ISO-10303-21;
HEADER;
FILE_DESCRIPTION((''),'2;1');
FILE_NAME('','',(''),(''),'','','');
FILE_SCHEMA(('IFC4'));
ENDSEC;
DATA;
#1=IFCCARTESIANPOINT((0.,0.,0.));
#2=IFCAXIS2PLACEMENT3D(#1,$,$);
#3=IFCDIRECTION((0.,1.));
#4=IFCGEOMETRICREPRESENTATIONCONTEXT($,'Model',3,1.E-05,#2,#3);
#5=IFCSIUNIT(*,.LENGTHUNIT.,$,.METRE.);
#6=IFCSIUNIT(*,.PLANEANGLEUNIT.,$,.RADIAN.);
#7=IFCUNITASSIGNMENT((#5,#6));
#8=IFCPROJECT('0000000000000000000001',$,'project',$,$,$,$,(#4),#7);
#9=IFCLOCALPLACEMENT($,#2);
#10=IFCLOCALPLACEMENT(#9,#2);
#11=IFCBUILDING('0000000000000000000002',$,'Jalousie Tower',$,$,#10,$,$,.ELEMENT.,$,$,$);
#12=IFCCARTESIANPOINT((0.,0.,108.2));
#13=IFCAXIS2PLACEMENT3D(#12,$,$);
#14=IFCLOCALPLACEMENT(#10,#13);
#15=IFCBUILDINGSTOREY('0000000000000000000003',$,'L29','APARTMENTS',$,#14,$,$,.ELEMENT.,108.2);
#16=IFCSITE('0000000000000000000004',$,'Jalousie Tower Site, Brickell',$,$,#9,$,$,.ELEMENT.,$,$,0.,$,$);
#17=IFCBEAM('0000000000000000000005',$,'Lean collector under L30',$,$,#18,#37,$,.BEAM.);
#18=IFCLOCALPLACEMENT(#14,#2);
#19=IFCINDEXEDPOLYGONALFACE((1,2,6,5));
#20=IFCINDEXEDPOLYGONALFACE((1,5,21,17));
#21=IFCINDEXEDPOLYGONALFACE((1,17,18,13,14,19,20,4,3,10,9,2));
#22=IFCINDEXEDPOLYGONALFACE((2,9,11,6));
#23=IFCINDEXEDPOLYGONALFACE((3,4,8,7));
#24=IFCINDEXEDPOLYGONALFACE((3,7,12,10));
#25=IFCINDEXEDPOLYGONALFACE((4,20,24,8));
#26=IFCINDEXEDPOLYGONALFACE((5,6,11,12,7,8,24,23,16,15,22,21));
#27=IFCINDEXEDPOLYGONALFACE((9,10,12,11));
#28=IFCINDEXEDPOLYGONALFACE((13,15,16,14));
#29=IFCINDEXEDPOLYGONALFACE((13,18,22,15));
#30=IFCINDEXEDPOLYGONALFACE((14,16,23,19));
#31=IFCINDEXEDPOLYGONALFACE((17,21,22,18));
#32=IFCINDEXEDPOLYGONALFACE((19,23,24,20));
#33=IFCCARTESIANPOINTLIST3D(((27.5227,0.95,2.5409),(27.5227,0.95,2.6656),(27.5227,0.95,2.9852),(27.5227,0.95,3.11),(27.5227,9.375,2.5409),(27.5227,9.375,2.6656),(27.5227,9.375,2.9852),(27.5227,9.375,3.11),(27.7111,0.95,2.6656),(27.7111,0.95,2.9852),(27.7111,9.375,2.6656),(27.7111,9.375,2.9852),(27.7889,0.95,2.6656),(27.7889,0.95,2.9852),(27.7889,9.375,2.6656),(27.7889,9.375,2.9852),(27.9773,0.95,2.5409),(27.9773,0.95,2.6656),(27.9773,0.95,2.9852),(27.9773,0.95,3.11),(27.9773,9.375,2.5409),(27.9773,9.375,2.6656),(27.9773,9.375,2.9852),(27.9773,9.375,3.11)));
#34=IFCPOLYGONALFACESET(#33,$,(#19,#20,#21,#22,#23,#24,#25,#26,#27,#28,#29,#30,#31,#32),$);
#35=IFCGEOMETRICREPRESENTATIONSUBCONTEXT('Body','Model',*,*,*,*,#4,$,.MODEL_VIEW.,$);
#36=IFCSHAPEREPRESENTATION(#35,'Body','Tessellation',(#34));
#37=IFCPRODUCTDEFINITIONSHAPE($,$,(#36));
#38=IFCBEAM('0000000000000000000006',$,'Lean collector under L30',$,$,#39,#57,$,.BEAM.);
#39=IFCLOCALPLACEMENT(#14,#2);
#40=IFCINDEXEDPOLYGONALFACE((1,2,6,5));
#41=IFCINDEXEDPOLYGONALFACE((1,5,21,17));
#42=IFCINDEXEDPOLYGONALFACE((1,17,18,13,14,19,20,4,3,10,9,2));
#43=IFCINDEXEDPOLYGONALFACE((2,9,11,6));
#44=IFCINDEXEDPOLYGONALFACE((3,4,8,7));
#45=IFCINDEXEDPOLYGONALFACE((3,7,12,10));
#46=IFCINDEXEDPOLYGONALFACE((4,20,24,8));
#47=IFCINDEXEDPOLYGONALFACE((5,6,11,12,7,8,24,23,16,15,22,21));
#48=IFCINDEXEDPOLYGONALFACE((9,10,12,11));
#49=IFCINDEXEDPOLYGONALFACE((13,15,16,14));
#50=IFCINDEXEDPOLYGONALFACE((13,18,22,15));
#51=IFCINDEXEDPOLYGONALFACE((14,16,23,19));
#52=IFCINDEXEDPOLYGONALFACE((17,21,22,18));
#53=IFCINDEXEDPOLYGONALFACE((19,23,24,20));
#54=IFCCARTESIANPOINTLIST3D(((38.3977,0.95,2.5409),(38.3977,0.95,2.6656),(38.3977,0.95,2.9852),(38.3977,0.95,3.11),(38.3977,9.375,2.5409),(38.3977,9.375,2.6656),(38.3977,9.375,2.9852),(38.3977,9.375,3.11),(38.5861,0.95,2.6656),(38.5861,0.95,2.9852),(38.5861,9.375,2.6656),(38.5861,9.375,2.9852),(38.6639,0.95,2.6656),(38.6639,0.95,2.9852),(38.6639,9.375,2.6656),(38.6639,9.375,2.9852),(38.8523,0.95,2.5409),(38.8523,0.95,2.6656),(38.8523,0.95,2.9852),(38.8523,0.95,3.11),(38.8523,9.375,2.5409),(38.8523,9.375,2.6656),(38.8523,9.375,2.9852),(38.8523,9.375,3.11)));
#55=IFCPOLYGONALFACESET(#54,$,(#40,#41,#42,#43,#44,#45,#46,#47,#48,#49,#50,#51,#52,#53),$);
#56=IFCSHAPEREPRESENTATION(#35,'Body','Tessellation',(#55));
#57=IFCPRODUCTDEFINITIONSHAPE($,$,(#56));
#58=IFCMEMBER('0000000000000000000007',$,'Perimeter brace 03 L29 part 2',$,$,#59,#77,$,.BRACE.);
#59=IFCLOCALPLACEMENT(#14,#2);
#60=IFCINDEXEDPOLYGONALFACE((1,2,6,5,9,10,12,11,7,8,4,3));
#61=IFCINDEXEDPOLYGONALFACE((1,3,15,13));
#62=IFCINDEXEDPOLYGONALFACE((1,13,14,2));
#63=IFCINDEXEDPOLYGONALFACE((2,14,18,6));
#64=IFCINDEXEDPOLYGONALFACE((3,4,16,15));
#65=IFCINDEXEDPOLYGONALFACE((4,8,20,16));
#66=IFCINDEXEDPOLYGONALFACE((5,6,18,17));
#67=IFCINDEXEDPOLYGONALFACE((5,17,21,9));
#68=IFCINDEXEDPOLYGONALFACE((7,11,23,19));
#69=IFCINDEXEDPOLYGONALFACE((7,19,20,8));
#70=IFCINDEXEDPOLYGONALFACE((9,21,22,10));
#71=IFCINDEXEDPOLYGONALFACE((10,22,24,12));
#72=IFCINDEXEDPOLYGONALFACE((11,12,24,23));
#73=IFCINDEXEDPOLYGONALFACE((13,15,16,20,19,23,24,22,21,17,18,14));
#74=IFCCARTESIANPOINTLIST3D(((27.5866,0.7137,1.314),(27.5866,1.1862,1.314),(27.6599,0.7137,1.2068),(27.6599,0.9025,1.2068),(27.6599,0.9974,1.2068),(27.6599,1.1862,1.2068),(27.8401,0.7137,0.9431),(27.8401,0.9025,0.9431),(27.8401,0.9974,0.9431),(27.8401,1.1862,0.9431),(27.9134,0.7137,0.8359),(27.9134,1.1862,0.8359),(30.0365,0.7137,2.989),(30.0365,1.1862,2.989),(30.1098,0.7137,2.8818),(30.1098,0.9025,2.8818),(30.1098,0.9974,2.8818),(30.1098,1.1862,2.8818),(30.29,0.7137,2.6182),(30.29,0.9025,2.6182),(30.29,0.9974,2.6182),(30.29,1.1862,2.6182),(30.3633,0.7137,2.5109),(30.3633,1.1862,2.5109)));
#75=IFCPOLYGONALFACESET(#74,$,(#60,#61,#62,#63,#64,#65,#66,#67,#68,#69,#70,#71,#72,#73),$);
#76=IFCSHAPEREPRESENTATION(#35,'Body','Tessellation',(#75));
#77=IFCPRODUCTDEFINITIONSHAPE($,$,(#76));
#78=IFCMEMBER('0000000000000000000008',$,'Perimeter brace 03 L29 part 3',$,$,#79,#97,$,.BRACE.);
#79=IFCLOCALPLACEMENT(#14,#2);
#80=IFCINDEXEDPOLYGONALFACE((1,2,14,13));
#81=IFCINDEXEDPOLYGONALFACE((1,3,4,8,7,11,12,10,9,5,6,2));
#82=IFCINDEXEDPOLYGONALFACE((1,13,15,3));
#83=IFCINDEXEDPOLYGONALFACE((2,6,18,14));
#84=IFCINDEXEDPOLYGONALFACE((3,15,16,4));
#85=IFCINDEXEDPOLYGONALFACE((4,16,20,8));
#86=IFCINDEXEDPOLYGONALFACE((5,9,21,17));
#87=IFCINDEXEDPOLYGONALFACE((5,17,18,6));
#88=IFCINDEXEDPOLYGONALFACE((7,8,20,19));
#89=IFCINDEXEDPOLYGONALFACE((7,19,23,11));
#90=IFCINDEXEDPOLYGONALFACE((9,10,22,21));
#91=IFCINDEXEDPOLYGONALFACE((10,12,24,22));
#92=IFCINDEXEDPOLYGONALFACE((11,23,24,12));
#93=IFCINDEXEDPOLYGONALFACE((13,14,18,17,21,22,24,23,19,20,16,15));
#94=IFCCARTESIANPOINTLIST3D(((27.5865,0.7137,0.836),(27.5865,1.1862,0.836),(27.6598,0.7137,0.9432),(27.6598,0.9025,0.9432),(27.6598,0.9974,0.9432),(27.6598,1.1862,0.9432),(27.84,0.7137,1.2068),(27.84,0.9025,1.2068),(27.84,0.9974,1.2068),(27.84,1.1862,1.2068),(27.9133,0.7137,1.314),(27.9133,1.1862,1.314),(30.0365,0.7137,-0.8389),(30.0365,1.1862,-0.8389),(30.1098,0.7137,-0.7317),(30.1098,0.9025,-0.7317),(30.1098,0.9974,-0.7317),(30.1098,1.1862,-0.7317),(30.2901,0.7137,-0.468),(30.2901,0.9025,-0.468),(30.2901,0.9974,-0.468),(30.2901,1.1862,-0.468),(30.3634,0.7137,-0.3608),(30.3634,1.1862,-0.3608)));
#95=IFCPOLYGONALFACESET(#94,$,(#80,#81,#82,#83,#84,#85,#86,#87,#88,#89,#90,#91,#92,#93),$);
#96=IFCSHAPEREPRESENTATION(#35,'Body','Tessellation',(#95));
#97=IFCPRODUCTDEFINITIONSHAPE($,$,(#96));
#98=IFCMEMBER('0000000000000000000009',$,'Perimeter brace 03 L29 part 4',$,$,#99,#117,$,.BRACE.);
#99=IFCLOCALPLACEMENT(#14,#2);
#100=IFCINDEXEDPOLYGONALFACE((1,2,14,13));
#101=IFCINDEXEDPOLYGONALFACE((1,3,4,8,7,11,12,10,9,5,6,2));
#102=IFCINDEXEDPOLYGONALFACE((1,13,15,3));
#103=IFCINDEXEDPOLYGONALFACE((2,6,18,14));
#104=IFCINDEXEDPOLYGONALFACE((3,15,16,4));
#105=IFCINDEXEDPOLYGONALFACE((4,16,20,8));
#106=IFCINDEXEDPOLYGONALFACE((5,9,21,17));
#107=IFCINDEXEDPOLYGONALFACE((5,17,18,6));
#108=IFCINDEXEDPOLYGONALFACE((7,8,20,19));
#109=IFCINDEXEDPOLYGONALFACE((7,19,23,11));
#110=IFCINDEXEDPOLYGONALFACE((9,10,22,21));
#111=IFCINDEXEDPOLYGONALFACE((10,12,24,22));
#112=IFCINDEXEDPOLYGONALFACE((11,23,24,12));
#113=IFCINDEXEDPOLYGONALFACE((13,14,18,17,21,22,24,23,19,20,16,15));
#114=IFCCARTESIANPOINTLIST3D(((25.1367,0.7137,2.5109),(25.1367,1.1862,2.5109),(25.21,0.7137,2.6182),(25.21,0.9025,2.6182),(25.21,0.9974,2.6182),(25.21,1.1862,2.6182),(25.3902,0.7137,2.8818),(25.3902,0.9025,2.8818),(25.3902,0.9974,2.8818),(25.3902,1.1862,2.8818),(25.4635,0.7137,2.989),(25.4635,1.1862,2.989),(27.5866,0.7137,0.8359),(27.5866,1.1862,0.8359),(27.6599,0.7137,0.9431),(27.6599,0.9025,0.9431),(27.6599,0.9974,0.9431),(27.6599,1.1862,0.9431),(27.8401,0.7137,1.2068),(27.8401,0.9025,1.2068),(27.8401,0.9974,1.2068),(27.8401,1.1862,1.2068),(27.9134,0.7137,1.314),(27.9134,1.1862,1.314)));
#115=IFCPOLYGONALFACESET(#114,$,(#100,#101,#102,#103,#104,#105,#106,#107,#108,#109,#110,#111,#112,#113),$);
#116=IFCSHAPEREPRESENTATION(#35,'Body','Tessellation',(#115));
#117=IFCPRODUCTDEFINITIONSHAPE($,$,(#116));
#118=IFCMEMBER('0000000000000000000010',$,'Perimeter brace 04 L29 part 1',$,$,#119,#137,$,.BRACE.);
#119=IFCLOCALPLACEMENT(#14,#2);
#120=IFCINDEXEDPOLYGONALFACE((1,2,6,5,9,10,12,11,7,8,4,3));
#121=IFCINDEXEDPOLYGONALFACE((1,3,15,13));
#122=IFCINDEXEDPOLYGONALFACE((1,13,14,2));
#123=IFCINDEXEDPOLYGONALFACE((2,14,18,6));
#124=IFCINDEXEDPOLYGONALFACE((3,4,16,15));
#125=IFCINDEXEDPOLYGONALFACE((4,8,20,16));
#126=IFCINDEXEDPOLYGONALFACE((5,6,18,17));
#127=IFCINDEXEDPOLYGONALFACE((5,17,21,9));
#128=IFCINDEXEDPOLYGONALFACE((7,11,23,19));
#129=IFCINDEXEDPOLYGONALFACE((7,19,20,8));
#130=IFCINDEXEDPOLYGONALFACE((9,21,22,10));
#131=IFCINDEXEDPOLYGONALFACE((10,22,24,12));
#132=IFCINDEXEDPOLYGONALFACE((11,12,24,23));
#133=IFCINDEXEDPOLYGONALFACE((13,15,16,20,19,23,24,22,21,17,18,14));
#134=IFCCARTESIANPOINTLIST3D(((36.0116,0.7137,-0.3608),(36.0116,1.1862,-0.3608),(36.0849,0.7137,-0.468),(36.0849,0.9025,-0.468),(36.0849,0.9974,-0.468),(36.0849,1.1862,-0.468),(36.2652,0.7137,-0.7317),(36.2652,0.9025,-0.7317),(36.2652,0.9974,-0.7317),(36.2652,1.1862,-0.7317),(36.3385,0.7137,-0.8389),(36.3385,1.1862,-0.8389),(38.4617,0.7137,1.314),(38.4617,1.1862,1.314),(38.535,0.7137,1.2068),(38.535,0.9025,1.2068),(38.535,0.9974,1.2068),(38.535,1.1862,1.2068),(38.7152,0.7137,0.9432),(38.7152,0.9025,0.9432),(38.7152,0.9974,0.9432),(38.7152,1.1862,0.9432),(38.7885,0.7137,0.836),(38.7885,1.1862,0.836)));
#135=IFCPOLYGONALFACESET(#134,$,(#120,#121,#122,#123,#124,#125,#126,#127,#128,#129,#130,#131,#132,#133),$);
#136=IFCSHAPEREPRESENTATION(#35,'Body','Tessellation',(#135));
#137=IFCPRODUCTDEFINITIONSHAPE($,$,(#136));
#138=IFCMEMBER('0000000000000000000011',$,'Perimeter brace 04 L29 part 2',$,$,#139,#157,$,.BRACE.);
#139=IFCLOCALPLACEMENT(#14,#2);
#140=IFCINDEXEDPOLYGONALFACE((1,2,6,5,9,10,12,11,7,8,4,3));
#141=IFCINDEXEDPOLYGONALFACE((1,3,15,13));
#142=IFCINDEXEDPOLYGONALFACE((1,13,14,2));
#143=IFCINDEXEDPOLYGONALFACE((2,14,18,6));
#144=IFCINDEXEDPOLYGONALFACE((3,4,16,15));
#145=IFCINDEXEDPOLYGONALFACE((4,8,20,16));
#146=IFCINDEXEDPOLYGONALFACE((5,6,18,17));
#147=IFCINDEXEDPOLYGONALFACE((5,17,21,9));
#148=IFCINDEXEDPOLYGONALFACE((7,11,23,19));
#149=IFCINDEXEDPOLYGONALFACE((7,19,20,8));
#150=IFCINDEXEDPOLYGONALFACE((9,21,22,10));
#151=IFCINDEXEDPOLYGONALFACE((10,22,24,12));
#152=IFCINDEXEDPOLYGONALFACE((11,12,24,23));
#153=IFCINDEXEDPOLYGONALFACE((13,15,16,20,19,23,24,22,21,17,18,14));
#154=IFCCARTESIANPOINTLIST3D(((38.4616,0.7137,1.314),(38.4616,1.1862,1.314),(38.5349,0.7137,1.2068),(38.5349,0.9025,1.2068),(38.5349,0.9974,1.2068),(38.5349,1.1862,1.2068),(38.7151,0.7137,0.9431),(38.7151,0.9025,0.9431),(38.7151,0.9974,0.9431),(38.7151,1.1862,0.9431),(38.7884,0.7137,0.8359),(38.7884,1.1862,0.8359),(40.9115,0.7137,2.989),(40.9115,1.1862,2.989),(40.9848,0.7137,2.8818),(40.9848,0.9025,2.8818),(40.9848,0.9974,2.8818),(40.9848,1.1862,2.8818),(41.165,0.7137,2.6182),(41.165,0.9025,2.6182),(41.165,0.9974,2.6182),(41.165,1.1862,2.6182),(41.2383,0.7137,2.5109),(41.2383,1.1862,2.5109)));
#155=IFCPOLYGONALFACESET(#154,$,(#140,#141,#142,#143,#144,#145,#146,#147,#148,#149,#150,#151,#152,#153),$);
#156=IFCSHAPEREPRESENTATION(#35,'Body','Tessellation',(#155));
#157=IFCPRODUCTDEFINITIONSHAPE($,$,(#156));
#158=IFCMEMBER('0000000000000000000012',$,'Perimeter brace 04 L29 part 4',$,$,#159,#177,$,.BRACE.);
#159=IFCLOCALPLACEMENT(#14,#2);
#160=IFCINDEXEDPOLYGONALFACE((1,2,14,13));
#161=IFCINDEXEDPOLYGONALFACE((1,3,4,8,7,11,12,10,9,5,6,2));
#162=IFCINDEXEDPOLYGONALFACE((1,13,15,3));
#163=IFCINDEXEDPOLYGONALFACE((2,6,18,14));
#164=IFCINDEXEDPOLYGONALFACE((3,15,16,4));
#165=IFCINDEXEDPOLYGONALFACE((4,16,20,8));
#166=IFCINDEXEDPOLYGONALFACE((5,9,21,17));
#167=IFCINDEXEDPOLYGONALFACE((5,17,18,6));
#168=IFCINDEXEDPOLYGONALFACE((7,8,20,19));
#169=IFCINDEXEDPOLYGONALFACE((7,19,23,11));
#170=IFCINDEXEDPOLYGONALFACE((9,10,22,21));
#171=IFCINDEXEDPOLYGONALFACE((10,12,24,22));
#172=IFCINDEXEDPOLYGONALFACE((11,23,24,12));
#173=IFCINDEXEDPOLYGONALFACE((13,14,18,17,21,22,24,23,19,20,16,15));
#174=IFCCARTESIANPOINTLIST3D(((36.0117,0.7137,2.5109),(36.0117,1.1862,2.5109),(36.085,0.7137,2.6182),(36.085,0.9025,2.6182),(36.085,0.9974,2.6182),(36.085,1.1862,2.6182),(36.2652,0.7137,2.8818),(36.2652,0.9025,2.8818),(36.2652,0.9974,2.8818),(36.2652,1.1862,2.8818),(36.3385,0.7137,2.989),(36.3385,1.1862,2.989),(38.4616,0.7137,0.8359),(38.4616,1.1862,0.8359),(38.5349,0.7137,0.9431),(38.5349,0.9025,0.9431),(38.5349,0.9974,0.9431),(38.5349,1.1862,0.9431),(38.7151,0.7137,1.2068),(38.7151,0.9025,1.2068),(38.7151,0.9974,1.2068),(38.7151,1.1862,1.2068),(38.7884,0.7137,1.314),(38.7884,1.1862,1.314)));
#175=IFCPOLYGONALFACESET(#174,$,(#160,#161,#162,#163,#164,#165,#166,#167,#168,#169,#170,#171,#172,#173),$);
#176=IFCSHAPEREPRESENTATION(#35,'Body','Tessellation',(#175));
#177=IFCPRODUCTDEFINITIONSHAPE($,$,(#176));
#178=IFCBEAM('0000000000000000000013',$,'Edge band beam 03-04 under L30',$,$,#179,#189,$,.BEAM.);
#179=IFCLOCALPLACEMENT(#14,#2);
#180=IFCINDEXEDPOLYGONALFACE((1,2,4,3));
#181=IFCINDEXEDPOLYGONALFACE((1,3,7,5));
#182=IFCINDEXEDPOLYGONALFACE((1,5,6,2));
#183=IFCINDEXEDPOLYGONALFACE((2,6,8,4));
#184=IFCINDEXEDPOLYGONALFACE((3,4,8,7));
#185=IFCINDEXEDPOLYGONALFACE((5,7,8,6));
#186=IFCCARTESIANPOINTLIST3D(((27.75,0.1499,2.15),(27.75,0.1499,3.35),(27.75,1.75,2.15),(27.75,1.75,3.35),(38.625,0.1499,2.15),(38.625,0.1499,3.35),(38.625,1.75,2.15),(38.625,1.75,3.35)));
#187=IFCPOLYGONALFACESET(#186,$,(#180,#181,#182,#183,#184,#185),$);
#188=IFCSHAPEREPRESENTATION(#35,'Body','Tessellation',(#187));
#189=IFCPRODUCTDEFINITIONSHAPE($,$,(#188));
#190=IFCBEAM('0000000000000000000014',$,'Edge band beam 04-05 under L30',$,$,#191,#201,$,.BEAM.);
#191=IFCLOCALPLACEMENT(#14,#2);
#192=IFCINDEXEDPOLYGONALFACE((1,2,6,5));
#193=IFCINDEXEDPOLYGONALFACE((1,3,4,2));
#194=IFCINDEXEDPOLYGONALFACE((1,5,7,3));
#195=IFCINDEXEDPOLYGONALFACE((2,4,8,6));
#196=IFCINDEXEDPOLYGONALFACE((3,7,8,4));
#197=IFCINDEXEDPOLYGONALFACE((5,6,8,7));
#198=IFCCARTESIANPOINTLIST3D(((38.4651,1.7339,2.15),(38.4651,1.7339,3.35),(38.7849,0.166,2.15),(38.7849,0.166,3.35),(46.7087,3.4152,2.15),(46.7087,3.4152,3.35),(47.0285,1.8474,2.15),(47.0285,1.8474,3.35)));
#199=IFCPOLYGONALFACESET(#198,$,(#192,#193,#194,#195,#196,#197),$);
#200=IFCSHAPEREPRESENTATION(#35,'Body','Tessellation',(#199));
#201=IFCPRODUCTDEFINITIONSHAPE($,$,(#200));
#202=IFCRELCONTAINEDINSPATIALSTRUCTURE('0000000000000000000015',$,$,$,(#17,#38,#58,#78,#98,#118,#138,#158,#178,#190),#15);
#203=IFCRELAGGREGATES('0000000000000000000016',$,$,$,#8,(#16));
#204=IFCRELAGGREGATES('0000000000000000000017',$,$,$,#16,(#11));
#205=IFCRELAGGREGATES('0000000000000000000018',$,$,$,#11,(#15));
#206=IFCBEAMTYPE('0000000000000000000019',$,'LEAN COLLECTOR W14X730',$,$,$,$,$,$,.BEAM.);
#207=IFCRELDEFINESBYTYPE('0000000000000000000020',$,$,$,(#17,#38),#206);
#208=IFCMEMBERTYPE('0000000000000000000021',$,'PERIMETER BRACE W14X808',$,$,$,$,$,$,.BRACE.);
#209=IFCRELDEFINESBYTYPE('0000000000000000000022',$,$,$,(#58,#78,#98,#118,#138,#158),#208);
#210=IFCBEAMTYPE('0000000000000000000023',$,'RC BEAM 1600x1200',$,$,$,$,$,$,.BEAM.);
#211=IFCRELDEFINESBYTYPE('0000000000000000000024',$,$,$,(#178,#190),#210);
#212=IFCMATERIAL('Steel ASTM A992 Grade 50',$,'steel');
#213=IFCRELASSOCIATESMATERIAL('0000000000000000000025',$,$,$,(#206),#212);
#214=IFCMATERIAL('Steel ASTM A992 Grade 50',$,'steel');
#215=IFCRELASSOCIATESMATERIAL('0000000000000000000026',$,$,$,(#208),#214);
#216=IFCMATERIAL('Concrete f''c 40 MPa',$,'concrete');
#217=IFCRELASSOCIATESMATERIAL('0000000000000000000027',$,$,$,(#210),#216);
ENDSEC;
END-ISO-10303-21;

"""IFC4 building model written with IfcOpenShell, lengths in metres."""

from ifc_helpers import new_model, si_unit, direction, frame, origin, origin_2d, place, context, subcontext, project, spatial, rectangle, i_section, extrude, material, material_profile, profile_set, type_object, element, save


model = new_model("IFC4")

# Units and contexts
model_context = context("Model", 3, precision=1e-05, world=origin(), true_north=direction((0.0, 1.0)))
body_context = subcontext(model_context, "Body", "Model", "MODEL_VIEW")
ifc_project = project(units=[si_unit("LENGTHUNIT", "METRE"), si_unit("PLANEANGLEUNIT", "RADIAN")], contexts=[model_context])

# Site, building, storey
site_placement = place(None, origin())
site = spatial("IfcSite", under=ifc_project, at=site_placement, Name="Jalousie Tower Site, Brickell", CompositionType="ELEMENT", RefElevation=0.0)
building_placement = place(site_placement, origin())
building = spatial("IfcBuilding", under=site, at=building_placement, Name="Jalousie Tower", CompositionType="ELEMENT")
storey_placement = place(building_placement, frame((0.0, 0.0, 108.2)))
storey = spatial("IfcBuildingStorey", under=building, at=storey_placement, Name="L29", Description="APARTMENTS", CompositionType="ELEMENT", Elevation=108.2)

# Beams
ifc_material_1 = material(Name="Steel ASTM A992 Grade 50", Category="steel")
ifc_material_profile_1 = material_profile(ifc_material_1, i_section(OverallWidth=0.4546, OverallDepth=0.5691, WebThickness=0.0779, FlangeThickness=0.1248, at=origin_2d()), Name="W14X730")
ifc_profile_set_1 = profile_set([ifc_material_profile_1], Name="Steel ASTM A992 Grade 50")
beam_type_1 = type_object("IfcBeamType", Name="LEAN COLLECTOR W14X730", PredefinedType="BEAM", material=ifc_profile_set_1)
for number, where, z_axis, x_axis, name in (
    (1, (27.75, 0.95, 2.8254), (0.0, 1.0, 0.0), (-1.0, 0.0, 0.0), "Lean collector under L30"),
    (2, (38.625, 0.95, 2.8254), (0.0, 1.0, 0.0), (-1.0, 0.0, 0.0), "Lean collector under L30"),
):
    element("IfcBeam", number, at=place(storey_placement, frame(where, z_axis=z_axis, x_axis=x_axis)), inside=storey, type_object=beam_type_1, Name=name, PredefinedType="BEAM", context=body_context, shape_type="SweptSolid", body=[
        extrude(i_section(OverallWidth=0.4546, OverallDepth=0.5691, WebThickness=0.0779, FlangeThickness=0.1248, at=origin_2d()), origin(), (0.0, 0.0, 1.0), 8.425),
    ])

# Members
ifc_material_2 = material(Name="Steel ASTM A992 Grade 50", Category="steel")
ifc_material_profile_2 = material_profile(ifc_material_2, i_section(OverallWidth=0.4724, OverallDepth=0.5791, WebThickness=0.095, FlangeThickness=0.1299, at=origin_2d()), Name="W14X808")
ifc_profile_set_2 = profile_set([ifc_material_profile_2], Name="Steel ASTM A992 Grade 50")
member_type_1 = type_object("IfcMemberType", Name="PERIMETER BRACE W14X808", PredefinedType="BRACE", material=ifc_profile_set_2)
for number, where, z_axis, x_axis, name in (
    (3, (27.75, 0.95, 1.075), (0.825501, 0.0, 0.564401), (0.0, 1.0, 0.0), "Perimeter brace 03 L29 part 2"),
    (4, (30.2, 0.95, -0.5999), (-0.825539, 0.0, 0.564345), (0.0, -1.0, 0.0), "Perimeter brace 03 L29 part 3"),
    (5, (27.75, 0.95, 1.075), (-0.825501, 0.0, 0.564401), (0.0, -1.0, 0.0), "Perimeter brace 03 L29 part 4"),
    (6, (36.175, 0.95, -0.5999), (0.825539, 0.0, 0.564345), (0.0, 1.0, 0.0), "Perimeter brace 04 L29 part 1"),
    (7, (38.625, 0.95, 1.075), (0.825501, 0.0, 0.564401), (0.0, 1.0, 0.0), "Perimeter brace 04 L29 part 2"),
    (8, (38.625, 0.95, 1.075), (-0.825501, 0.0, 0.564401), (0.0, -1.0, 0.0), "Perimeter brace 04 L29 part 4"),
):
    element("IfcMember", number, at=place(storey_placement, frame(where, z_axis=z_axis, x_axis=x_axis)), inside=storey, type_object=member_type_1, Name=name, PredefinedType="BRACE", context=body_context, shape_type="SweptSolid", body=[
        extrude(i_section(OverallWidth=0.4724, OverallDepth=0.5791, WebThickness=0.095, FlangeThickness=0.1299, at=origin_2d()), origin(), (0.0, 0.0, 1.0), 2.9678),
    ])

# Beams
ifc_material_3 = material(Name="Concrete f'c 40 MPa", Category="concrete")
ifc_material_profile_3 = material_profile(ifc_material_3, rectangle(XDim=1.6001, YDim=1.2, at=origin_2d()), Name="RC 1600x1200")
ifc_profile_set_3 = profile_set([ifc_material_profile_3], Name="Concrete f'c 40 MPa")
beam_type_2 = type_object("IfcBeamType", Name="RC BEAM 1600x1200", PredefinedType="BEAM", material=ifc_profile_set_3)
beam_1_placement = place(storey_placement, frame((27.75, 0.95, 2.75), z_axis=(1.0, 0.0, 0.0), x_axis=(0.0, 1.0, 0.0)))
element("IfcBeam", 9, at=beam_1_placement, inside=storey, type_object=beam_type_2, Name="Edge band beam 03-04 under L30", PredefinedType="BEAM", context=body_context, shape_type="SweptSolid", body=[
    extrude(rectangle(XDim=1.6001, YDim=1.2, at=origin_2d()), origin(), (0.0, 0.0, 1.0), 10.875),
])
beam_2_placement = place(storey_placement, frame((38.625, 0.95, 2.75), z_axis=(0.979827, 0.199848, 0.0), x_axis=(-0.199848, 0.979827, 0.0)))
element("IfcBeam", 10, at=beam_2_placement, inside=storey, type_object=beam_type_2, Name="Edge band beam 04-05 under L30", PredefinedType="BEAM", context=body_context, shape_type="SweptSolid", body=[
    extrude(rectangle(XDim=1.6001, YDim=1.2, at=origin_2d()), origin(), (0.0, 0.0, 1.0), 8.4133),
])

save(model, "model.ifc")
